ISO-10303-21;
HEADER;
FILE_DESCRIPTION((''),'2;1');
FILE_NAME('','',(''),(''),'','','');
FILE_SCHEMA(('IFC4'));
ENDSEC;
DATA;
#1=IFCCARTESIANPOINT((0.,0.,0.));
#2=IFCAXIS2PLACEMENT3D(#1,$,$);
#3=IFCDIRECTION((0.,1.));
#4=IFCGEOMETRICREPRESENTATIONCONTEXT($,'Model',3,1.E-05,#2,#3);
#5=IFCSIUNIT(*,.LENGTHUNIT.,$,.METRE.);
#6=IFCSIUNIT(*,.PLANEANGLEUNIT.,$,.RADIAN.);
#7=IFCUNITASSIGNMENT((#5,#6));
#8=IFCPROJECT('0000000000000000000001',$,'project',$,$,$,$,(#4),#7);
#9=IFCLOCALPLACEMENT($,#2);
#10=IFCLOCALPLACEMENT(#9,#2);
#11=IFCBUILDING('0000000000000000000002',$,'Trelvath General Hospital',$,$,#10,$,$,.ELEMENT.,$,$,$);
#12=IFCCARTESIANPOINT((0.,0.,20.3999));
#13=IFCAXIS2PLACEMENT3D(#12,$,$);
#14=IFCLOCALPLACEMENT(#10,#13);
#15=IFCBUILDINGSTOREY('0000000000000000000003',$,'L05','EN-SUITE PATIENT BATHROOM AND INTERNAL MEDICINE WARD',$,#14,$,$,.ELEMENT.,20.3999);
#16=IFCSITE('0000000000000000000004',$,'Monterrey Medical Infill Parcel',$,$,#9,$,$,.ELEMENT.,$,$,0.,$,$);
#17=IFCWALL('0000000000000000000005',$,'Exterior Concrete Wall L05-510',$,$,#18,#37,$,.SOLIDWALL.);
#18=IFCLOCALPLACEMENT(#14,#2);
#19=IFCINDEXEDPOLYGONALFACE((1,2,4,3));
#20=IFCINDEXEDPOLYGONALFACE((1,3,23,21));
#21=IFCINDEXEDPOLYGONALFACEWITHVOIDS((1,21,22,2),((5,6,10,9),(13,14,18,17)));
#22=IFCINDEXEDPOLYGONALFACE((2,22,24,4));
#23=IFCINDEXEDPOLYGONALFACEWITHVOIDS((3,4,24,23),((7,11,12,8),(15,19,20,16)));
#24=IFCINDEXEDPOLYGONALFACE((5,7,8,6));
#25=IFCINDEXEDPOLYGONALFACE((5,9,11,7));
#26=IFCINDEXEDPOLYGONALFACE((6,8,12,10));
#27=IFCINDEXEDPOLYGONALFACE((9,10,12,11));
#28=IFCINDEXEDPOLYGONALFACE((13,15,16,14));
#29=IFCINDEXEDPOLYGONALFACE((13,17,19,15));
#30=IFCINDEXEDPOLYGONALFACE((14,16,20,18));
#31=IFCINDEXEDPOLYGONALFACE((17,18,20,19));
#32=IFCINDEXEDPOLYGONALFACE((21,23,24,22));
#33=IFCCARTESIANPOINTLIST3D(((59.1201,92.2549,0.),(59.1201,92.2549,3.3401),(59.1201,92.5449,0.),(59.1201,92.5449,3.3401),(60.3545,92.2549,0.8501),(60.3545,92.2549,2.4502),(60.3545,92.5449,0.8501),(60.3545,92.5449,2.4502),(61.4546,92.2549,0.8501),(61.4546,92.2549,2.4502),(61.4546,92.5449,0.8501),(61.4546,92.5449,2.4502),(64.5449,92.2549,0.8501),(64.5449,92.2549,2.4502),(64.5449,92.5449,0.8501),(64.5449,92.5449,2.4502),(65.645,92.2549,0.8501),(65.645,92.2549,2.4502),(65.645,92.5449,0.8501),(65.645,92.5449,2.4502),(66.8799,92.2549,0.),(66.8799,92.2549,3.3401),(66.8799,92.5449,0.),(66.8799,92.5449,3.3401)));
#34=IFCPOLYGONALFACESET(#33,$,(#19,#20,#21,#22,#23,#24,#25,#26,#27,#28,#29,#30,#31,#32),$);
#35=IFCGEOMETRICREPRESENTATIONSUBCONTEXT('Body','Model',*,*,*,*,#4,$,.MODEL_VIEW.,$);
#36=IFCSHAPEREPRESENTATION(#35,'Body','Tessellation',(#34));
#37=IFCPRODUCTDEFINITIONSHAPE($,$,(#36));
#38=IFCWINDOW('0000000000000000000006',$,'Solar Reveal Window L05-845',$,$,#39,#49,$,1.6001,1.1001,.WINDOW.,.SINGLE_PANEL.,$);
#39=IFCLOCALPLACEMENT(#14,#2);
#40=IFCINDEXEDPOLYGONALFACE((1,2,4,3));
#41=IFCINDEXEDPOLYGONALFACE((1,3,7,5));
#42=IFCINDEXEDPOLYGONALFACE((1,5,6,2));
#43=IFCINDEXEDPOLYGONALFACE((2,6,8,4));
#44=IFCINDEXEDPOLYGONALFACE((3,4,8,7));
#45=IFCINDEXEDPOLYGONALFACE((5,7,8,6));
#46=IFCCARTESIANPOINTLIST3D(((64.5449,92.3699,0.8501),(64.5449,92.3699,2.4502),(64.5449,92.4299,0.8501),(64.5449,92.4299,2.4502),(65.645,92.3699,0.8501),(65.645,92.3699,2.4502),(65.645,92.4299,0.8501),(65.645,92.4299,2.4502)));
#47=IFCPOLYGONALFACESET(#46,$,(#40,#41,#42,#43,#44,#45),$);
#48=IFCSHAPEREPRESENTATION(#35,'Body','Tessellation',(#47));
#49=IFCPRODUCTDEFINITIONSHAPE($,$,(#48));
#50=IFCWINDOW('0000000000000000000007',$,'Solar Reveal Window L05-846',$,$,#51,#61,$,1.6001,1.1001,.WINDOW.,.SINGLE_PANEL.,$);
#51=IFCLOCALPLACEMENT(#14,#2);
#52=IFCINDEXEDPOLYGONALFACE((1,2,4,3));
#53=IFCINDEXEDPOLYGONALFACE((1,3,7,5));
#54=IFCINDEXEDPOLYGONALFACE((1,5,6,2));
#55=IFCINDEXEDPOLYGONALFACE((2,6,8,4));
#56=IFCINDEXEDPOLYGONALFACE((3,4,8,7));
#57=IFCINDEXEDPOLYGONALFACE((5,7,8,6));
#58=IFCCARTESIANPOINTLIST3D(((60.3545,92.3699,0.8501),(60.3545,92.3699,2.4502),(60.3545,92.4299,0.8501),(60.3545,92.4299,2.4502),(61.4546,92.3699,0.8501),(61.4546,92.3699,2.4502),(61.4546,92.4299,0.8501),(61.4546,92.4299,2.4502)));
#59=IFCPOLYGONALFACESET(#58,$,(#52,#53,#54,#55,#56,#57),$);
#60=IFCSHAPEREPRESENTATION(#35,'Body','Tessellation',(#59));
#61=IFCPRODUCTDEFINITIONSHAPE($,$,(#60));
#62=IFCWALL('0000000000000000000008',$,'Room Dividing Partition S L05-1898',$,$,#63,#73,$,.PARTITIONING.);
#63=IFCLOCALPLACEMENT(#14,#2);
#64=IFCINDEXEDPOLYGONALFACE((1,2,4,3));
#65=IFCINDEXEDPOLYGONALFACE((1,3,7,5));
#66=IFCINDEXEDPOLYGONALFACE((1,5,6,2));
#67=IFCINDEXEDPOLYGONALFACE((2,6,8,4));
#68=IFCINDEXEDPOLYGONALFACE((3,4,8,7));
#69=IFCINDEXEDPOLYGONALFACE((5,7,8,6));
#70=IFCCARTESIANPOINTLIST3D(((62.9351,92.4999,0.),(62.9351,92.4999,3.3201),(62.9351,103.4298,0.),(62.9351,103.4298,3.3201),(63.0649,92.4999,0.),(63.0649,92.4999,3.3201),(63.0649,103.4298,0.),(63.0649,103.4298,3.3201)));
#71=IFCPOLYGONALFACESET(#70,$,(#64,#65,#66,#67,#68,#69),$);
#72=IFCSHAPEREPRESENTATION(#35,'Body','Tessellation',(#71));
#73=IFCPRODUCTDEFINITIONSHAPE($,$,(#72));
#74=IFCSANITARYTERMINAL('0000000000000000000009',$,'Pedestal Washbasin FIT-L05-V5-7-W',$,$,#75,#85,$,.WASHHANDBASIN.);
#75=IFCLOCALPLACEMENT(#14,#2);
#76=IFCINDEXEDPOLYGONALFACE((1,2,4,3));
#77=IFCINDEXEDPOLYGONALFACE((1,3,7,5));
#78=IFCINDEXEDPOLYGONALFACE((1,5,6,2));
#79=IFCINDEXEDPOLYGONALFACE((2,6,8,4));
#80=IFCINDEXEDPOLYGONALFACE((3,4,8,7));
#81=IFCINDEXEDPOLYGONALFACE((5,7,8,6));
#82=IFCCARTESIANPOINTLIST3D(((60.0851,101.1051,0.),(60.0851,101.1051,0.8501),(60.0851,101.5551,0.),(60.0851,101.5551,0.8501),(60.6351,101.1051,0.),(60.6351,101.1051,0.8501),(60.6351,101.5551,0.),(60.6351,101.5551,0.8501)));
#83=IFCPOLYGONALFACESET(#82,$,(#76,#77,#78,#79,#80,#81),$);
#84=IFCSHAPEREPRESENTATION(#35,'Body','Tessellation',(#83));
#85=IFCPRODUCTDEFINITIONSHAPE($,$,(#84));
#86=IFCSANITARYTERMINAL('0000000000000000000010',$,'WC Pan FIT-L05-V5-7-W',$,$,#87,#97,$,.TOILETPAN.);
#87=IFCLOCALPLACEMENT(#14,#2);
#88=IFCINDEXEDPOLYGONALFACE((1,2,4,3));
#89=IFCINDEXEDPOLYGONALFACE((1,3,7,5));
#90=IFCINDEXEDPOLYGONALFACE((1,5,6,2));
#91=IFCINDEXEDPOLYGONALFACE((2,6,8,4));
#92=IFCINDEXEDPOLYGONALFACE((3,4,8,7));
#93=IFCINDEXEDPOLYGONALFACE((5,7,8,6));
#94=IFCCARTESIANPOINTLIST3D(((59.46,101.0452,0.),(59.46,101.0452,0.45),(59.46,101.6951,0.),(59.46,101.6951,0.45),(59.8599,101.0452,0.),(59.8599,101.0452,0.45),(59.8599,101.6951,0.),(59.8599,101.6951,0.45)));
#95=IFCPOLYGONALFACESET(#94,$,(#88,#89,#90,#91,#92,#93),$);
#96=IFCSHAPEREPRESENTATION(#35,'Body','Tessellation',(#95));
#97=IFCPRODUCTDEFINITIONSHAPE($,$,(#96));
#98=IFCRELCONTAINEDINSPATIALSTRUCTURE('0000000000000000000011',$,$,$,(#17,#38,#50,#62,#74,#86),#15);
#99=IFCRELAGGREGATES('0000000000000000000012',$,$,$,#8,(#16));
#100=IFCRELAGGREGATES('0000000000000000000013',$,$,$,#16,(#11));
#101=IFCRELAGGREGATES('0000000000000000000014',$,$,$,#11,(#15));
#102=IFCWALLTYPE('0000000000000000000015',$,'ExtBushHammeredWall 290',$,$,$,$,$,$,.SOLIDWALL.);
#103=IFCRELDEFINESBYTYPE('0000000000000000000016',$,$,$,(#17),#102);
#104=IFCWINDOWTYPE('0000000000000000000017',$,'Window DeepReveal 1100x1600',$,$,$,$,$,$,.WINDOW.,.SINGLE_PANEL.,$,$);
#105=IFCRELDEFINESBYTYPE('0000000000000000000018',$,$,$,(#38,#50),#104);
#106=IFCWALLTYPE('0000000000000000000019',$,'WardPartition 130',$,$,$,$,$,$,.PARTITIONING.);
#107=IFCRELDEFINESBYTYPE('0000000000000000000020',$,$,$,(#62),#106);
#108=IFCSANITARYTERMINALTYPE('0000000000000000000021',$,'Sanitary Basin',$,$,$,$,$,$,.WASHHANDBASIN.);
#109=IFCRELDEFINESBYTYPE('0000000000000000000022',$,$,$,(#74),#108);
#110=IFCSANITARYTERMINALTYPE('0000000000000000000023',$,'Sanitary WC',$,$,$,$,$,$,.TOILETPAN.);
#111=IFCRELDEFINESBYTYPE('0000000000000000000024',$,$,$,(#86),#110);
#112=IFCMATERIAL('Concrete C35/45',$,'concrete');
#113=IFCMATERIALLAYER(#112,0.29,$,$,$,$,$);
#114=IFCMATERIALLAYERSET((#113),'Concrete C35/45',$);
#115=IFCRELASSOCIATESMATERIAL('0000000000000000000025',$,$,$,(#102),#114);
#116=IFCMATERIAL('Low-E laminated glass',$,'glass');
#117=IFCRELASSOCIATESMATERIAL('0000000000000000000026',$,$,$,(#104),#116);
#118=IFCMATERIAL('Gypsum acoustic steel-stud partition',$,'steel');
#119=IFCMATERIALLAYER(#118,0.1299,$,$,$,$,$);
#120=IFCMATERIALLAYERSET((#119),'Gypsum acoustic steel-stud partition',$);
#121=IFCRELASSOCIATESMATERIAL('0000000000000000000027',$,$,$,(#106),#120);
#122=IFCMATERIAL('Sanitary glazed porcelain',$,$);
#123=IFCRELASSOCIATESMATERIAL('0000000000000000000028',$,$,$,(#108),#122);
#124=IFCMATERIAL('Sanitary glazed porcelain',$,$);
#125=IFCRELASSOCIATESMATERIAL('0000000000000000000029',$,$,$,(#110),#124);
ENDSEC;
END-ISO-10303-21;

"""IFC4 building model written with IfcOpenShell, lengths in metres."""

from ifc_helpers import new_model, si_unit, direction, frame, frame_2d, origin, origin_2d, place, context, subcontext, project, spatial, rectangle, extrude, material, layer, layer_set, type_object, element, fill, save


model = new_model("IFC4")

# Units and contexts
model_context = context("Model", 3, precision=1e-05, world=origin(), true_north=direction((0.0, 1.0)))
body_context = subcontext(model_context, "Body", "Model", "MODEL_VIEW")
ifc_project = project(units=[si_unit("LENGTHUNIT", "METRE"), si_unit("PLANEANGLEUNIT", "RADIAN")], contexts=[model_context])

# Site, building, storey
site_placement = place(None, origin())
site = spatial("IfcSite", under=ifc_project, at=site_placement, Name="Monterrey Medical Infill Parcel", CompositionType="ELEMENT", RefElevation=0.0)
building_placement = place(site_placement, origin())
building = spatial("IfcBuilding", under=site, at=building_placement, Name="Trelvath General Hospital", CompositionType="ELEMENT")
storey_placement = place(building_placement, frame((0.0, 0.0, 20.3999)))
storey = spatial("IfcBuildingStorey", under=building, at=storey_placement, Name="L05", Description="EN-SUITE PATIENT BATHROOM AND INTERNAL MEDICINE WARD", CompositionType="ELEMENT", Elevation=20.3999)

# Wall, openings, windows
ifc_material_1 = material(Name="Concrete C35/45", Category="concrete")
ifc_layer_1 = layer(ifc_material_1, 0.29)
ifc_layer_set_1 = layer_set([ifc_layer_1], Name="Concrete C35/45")
wall_type_1 = type_object("IfcWallType", Name="ExtBushHammeredWall 290", PredefinedType="SOLIDWALL", material=ifc_layer_set_1)
wall_1_placement = place(storey_placement, frame((66.8799, 92.3999, 0.0), z_axis=(0.0, 0.0, 1.0), x_axis=(-1.0, 0.0, 0.0)))
wall_1 = element("IfcWall", 1, at=wall_1_placement, inside=storey, type_object=wall_type_1, Name="Exterior Concrete Wall L05-510", PredefinedType="SOLIDWALL", context=body_context, shape_type="SweptSolid", body=[
    extrude(rectangle(XDim=7.7598, YDim=0.29, at=frame_2d((3.8799, 0.0))), origin(), (0.0, 0.0, 1.0), 3.3401),
])
opening_1_placement = place(wall_1_placement, frame((1.2349, 0.0, 0.8501)))
opening_1 = element("IfcOpeningElement", 2, at=opening_1_placement, cuts=wall_1, PredefinedType="OPENING", context=body_context, shape_type="SweptSolid", body=[
    extrude(rectangle(XDim=1.1001, YDim=1.6001, at=frame_2d((0.55, 0.8))), frame((0.0, 0.155, 0.0), z_axis=(0.0, -1.0, 0.0), x_axis=(1.0, 0.0, 0.0)), (0.0, 0.0, 1.0), 0.3101),
])
opening_2_placement = place(wall_1_placement, frame((5.4253, 0.0, 0.8501)))
opening_2 = element("IfcOpeningElement", 3, at=opening_2_placement, cuts=wall_1, PredefinedType="OPENING", context=body_context, shape_type="SweptSolid", body=[
    extrude(rectangle(XDim=1.1001, YDim=1.6001, at=frame_2d((0.55, 0.8))), frame((0.0, 0.155, 0.0), z_axis=(0.0, -1.0, 0.0), x_axis=(1.0, 0.0, 0.0)), (0.0, 0.0, 1.0), 0.3101),
])
ifc_material_2 = material(Name="Low-E laminated glass", Category="glass")
window_type = type_object("IfcWindowType", Name="Window DeepReveal 1100x1600", PartitioningType="SINGLE_PANEL", PredefinedType="WINDOW", material=ifc_material_2)
window_1_placement = place(opening_1_placement, origin())
window_1 = element("IfcWindow", 4, at=window_1_placement, inside=storey, type_object=window_type, Name="Solar Reveal Window L05-845", OverallHeight=1.6001, OverallWidth=1.1001, PartitioningType="SINGLE_PANEL", PredefinedType="WINDOW", context=body_context, shape_type="SweptSolid", body=[
    extrude(rectangle(XDim=1.1001, YDim=1.6001, at=frame_2d((0.55, 0.8))), frame((0.0, 0.03, 0.0), z_axis=(0.0, -1.0, 0.0), x_axis=(1.0, 0.0, 0.0)), (0.0, 0.0, 1.0), 0.0601),
])
fill(opening_1, window_1)
window_2_placement = place(opening_2_placement, origin())
window_2 = element("IfcWindow", 5, at=window_2_placement, inside=storey, type_object=window_type, Name="Solar Reveal Window L05-846", OverallHeight=1.6001, OverallWidth=1.1001, PartitioningType="SINGLE_PANEL", PredefinedType="WINDOW", context=body_context, shape_type="SweptSolid", body=[
    extrude(rectangle(XDim=1.1001, YDim=1.6001, at=frame_2d((0.55, 0.8))), frame((0.0, 0.03, 0.0), z_axis=(0.0, -1.0, 0.0), x_axis=(1.0, 0.0, 0.0)), (0.0, 0.0, 1.0), 0.0601),
])
fill(opening_2, window_2)

# Wall
ifc_material_3 = material(Name="Gypsum acoustic steel-stud partition", Category="steel")
ifc_layer_2 = layer(ifc_material_3, 0.1299)
ifc_layer_set_2 = layer_set([ifc_layer_2], Name="Gypsum acoustic steel-stud partition")
wall_type_2 = type_object("IfcWallType", Name="WardPartition 130", PredefinedType="PARTITIONING", material=ifc_layer_set_2)
wall_2_placement = place(storey_placement, frame((63.0, 92.5, 0.0), z_axis=(0.0, 0.0, 1.0), x_axis=(0.0, 1.0, 0.0)))
element("IfcWall", 6, at=wall_2_placement, inside=storey, type_object=wall_type_2, Name="Room Dividing Partition S L05-1898", PredefinedType="PARTITIONING", context=body_context, shape_type="SweptSolid", body=[
    extrude(rectangle(XDim=10.9299, YDim=0.1299, at=frame_2d((5.4648, 0.0))), origin(), (0.0, 0.0, 1.0), 3.3201),
])

# Sanitary terminals
ifc_material_4 = material(Name="Sanitary glazed porcelain")
sanitary_terminal_type_1 = type_object("IfcSanitaryTerminalType", Name="Sanitary Basin", PredefinedType="WASHHANDBASIN", material=ifc_material_4)
sanitary_terminal_1_placement = place(storey_placement, frame((60.3601, 101.3301, 0.0), z_axis=(0.0, 0.0, 1.0), x_axis=(1.0, 0.0, 0.0)))
element("IfcSanitaryTerminal", 7, at=sanitary_terminal_1_placement, inside=storey, type_object=sanitary_terminal_type_1, Name="Pedestal Washbasin FIT-L05-V5-7-W", PredefinedType="WASHHANDBASIN", context=body_context, shape_type="SweptSolid", body=[
    extrude(rectangle(XDim=0.55, YDim=0.45, at=origin_2d()), origin(), (0.0, 0.0, 1.0), 0.8501),
])
ifc_material_5 = material(Name="Sanitary glazed porcelain")
sanitary_terminal_type_2 = type_object("IfcSanitaryTerminalType", Name="Sanitary WC", PredefinedType="TOILETPAN", material=ifc_material_5)
sanitary_terminal_2_placement = place(storey_placement, frame((59.6599, 101.3701, 0.0), z_axis=(0.0, 0.0, 1.0), x_axis=(1.0, 0.0, 0.0)))
element("IfcSanitaryTerminal", 8, at=sanitary_terminal_2_placement, inside=storey, type_object=sanitary_terminal_type_2, Name="WC Pan FIT-L05-V5-7-W", PredefinedType="TOILETPAN", context=body_context, shape_type="SweptSolid", body=[
    extrude(rectangle(XDim=0.3999, YDim=0.6499, at=origin_2d()), origin(), (0.0, 0.0, 1.0), 0.45),
])

save(model, "model.ifc")
